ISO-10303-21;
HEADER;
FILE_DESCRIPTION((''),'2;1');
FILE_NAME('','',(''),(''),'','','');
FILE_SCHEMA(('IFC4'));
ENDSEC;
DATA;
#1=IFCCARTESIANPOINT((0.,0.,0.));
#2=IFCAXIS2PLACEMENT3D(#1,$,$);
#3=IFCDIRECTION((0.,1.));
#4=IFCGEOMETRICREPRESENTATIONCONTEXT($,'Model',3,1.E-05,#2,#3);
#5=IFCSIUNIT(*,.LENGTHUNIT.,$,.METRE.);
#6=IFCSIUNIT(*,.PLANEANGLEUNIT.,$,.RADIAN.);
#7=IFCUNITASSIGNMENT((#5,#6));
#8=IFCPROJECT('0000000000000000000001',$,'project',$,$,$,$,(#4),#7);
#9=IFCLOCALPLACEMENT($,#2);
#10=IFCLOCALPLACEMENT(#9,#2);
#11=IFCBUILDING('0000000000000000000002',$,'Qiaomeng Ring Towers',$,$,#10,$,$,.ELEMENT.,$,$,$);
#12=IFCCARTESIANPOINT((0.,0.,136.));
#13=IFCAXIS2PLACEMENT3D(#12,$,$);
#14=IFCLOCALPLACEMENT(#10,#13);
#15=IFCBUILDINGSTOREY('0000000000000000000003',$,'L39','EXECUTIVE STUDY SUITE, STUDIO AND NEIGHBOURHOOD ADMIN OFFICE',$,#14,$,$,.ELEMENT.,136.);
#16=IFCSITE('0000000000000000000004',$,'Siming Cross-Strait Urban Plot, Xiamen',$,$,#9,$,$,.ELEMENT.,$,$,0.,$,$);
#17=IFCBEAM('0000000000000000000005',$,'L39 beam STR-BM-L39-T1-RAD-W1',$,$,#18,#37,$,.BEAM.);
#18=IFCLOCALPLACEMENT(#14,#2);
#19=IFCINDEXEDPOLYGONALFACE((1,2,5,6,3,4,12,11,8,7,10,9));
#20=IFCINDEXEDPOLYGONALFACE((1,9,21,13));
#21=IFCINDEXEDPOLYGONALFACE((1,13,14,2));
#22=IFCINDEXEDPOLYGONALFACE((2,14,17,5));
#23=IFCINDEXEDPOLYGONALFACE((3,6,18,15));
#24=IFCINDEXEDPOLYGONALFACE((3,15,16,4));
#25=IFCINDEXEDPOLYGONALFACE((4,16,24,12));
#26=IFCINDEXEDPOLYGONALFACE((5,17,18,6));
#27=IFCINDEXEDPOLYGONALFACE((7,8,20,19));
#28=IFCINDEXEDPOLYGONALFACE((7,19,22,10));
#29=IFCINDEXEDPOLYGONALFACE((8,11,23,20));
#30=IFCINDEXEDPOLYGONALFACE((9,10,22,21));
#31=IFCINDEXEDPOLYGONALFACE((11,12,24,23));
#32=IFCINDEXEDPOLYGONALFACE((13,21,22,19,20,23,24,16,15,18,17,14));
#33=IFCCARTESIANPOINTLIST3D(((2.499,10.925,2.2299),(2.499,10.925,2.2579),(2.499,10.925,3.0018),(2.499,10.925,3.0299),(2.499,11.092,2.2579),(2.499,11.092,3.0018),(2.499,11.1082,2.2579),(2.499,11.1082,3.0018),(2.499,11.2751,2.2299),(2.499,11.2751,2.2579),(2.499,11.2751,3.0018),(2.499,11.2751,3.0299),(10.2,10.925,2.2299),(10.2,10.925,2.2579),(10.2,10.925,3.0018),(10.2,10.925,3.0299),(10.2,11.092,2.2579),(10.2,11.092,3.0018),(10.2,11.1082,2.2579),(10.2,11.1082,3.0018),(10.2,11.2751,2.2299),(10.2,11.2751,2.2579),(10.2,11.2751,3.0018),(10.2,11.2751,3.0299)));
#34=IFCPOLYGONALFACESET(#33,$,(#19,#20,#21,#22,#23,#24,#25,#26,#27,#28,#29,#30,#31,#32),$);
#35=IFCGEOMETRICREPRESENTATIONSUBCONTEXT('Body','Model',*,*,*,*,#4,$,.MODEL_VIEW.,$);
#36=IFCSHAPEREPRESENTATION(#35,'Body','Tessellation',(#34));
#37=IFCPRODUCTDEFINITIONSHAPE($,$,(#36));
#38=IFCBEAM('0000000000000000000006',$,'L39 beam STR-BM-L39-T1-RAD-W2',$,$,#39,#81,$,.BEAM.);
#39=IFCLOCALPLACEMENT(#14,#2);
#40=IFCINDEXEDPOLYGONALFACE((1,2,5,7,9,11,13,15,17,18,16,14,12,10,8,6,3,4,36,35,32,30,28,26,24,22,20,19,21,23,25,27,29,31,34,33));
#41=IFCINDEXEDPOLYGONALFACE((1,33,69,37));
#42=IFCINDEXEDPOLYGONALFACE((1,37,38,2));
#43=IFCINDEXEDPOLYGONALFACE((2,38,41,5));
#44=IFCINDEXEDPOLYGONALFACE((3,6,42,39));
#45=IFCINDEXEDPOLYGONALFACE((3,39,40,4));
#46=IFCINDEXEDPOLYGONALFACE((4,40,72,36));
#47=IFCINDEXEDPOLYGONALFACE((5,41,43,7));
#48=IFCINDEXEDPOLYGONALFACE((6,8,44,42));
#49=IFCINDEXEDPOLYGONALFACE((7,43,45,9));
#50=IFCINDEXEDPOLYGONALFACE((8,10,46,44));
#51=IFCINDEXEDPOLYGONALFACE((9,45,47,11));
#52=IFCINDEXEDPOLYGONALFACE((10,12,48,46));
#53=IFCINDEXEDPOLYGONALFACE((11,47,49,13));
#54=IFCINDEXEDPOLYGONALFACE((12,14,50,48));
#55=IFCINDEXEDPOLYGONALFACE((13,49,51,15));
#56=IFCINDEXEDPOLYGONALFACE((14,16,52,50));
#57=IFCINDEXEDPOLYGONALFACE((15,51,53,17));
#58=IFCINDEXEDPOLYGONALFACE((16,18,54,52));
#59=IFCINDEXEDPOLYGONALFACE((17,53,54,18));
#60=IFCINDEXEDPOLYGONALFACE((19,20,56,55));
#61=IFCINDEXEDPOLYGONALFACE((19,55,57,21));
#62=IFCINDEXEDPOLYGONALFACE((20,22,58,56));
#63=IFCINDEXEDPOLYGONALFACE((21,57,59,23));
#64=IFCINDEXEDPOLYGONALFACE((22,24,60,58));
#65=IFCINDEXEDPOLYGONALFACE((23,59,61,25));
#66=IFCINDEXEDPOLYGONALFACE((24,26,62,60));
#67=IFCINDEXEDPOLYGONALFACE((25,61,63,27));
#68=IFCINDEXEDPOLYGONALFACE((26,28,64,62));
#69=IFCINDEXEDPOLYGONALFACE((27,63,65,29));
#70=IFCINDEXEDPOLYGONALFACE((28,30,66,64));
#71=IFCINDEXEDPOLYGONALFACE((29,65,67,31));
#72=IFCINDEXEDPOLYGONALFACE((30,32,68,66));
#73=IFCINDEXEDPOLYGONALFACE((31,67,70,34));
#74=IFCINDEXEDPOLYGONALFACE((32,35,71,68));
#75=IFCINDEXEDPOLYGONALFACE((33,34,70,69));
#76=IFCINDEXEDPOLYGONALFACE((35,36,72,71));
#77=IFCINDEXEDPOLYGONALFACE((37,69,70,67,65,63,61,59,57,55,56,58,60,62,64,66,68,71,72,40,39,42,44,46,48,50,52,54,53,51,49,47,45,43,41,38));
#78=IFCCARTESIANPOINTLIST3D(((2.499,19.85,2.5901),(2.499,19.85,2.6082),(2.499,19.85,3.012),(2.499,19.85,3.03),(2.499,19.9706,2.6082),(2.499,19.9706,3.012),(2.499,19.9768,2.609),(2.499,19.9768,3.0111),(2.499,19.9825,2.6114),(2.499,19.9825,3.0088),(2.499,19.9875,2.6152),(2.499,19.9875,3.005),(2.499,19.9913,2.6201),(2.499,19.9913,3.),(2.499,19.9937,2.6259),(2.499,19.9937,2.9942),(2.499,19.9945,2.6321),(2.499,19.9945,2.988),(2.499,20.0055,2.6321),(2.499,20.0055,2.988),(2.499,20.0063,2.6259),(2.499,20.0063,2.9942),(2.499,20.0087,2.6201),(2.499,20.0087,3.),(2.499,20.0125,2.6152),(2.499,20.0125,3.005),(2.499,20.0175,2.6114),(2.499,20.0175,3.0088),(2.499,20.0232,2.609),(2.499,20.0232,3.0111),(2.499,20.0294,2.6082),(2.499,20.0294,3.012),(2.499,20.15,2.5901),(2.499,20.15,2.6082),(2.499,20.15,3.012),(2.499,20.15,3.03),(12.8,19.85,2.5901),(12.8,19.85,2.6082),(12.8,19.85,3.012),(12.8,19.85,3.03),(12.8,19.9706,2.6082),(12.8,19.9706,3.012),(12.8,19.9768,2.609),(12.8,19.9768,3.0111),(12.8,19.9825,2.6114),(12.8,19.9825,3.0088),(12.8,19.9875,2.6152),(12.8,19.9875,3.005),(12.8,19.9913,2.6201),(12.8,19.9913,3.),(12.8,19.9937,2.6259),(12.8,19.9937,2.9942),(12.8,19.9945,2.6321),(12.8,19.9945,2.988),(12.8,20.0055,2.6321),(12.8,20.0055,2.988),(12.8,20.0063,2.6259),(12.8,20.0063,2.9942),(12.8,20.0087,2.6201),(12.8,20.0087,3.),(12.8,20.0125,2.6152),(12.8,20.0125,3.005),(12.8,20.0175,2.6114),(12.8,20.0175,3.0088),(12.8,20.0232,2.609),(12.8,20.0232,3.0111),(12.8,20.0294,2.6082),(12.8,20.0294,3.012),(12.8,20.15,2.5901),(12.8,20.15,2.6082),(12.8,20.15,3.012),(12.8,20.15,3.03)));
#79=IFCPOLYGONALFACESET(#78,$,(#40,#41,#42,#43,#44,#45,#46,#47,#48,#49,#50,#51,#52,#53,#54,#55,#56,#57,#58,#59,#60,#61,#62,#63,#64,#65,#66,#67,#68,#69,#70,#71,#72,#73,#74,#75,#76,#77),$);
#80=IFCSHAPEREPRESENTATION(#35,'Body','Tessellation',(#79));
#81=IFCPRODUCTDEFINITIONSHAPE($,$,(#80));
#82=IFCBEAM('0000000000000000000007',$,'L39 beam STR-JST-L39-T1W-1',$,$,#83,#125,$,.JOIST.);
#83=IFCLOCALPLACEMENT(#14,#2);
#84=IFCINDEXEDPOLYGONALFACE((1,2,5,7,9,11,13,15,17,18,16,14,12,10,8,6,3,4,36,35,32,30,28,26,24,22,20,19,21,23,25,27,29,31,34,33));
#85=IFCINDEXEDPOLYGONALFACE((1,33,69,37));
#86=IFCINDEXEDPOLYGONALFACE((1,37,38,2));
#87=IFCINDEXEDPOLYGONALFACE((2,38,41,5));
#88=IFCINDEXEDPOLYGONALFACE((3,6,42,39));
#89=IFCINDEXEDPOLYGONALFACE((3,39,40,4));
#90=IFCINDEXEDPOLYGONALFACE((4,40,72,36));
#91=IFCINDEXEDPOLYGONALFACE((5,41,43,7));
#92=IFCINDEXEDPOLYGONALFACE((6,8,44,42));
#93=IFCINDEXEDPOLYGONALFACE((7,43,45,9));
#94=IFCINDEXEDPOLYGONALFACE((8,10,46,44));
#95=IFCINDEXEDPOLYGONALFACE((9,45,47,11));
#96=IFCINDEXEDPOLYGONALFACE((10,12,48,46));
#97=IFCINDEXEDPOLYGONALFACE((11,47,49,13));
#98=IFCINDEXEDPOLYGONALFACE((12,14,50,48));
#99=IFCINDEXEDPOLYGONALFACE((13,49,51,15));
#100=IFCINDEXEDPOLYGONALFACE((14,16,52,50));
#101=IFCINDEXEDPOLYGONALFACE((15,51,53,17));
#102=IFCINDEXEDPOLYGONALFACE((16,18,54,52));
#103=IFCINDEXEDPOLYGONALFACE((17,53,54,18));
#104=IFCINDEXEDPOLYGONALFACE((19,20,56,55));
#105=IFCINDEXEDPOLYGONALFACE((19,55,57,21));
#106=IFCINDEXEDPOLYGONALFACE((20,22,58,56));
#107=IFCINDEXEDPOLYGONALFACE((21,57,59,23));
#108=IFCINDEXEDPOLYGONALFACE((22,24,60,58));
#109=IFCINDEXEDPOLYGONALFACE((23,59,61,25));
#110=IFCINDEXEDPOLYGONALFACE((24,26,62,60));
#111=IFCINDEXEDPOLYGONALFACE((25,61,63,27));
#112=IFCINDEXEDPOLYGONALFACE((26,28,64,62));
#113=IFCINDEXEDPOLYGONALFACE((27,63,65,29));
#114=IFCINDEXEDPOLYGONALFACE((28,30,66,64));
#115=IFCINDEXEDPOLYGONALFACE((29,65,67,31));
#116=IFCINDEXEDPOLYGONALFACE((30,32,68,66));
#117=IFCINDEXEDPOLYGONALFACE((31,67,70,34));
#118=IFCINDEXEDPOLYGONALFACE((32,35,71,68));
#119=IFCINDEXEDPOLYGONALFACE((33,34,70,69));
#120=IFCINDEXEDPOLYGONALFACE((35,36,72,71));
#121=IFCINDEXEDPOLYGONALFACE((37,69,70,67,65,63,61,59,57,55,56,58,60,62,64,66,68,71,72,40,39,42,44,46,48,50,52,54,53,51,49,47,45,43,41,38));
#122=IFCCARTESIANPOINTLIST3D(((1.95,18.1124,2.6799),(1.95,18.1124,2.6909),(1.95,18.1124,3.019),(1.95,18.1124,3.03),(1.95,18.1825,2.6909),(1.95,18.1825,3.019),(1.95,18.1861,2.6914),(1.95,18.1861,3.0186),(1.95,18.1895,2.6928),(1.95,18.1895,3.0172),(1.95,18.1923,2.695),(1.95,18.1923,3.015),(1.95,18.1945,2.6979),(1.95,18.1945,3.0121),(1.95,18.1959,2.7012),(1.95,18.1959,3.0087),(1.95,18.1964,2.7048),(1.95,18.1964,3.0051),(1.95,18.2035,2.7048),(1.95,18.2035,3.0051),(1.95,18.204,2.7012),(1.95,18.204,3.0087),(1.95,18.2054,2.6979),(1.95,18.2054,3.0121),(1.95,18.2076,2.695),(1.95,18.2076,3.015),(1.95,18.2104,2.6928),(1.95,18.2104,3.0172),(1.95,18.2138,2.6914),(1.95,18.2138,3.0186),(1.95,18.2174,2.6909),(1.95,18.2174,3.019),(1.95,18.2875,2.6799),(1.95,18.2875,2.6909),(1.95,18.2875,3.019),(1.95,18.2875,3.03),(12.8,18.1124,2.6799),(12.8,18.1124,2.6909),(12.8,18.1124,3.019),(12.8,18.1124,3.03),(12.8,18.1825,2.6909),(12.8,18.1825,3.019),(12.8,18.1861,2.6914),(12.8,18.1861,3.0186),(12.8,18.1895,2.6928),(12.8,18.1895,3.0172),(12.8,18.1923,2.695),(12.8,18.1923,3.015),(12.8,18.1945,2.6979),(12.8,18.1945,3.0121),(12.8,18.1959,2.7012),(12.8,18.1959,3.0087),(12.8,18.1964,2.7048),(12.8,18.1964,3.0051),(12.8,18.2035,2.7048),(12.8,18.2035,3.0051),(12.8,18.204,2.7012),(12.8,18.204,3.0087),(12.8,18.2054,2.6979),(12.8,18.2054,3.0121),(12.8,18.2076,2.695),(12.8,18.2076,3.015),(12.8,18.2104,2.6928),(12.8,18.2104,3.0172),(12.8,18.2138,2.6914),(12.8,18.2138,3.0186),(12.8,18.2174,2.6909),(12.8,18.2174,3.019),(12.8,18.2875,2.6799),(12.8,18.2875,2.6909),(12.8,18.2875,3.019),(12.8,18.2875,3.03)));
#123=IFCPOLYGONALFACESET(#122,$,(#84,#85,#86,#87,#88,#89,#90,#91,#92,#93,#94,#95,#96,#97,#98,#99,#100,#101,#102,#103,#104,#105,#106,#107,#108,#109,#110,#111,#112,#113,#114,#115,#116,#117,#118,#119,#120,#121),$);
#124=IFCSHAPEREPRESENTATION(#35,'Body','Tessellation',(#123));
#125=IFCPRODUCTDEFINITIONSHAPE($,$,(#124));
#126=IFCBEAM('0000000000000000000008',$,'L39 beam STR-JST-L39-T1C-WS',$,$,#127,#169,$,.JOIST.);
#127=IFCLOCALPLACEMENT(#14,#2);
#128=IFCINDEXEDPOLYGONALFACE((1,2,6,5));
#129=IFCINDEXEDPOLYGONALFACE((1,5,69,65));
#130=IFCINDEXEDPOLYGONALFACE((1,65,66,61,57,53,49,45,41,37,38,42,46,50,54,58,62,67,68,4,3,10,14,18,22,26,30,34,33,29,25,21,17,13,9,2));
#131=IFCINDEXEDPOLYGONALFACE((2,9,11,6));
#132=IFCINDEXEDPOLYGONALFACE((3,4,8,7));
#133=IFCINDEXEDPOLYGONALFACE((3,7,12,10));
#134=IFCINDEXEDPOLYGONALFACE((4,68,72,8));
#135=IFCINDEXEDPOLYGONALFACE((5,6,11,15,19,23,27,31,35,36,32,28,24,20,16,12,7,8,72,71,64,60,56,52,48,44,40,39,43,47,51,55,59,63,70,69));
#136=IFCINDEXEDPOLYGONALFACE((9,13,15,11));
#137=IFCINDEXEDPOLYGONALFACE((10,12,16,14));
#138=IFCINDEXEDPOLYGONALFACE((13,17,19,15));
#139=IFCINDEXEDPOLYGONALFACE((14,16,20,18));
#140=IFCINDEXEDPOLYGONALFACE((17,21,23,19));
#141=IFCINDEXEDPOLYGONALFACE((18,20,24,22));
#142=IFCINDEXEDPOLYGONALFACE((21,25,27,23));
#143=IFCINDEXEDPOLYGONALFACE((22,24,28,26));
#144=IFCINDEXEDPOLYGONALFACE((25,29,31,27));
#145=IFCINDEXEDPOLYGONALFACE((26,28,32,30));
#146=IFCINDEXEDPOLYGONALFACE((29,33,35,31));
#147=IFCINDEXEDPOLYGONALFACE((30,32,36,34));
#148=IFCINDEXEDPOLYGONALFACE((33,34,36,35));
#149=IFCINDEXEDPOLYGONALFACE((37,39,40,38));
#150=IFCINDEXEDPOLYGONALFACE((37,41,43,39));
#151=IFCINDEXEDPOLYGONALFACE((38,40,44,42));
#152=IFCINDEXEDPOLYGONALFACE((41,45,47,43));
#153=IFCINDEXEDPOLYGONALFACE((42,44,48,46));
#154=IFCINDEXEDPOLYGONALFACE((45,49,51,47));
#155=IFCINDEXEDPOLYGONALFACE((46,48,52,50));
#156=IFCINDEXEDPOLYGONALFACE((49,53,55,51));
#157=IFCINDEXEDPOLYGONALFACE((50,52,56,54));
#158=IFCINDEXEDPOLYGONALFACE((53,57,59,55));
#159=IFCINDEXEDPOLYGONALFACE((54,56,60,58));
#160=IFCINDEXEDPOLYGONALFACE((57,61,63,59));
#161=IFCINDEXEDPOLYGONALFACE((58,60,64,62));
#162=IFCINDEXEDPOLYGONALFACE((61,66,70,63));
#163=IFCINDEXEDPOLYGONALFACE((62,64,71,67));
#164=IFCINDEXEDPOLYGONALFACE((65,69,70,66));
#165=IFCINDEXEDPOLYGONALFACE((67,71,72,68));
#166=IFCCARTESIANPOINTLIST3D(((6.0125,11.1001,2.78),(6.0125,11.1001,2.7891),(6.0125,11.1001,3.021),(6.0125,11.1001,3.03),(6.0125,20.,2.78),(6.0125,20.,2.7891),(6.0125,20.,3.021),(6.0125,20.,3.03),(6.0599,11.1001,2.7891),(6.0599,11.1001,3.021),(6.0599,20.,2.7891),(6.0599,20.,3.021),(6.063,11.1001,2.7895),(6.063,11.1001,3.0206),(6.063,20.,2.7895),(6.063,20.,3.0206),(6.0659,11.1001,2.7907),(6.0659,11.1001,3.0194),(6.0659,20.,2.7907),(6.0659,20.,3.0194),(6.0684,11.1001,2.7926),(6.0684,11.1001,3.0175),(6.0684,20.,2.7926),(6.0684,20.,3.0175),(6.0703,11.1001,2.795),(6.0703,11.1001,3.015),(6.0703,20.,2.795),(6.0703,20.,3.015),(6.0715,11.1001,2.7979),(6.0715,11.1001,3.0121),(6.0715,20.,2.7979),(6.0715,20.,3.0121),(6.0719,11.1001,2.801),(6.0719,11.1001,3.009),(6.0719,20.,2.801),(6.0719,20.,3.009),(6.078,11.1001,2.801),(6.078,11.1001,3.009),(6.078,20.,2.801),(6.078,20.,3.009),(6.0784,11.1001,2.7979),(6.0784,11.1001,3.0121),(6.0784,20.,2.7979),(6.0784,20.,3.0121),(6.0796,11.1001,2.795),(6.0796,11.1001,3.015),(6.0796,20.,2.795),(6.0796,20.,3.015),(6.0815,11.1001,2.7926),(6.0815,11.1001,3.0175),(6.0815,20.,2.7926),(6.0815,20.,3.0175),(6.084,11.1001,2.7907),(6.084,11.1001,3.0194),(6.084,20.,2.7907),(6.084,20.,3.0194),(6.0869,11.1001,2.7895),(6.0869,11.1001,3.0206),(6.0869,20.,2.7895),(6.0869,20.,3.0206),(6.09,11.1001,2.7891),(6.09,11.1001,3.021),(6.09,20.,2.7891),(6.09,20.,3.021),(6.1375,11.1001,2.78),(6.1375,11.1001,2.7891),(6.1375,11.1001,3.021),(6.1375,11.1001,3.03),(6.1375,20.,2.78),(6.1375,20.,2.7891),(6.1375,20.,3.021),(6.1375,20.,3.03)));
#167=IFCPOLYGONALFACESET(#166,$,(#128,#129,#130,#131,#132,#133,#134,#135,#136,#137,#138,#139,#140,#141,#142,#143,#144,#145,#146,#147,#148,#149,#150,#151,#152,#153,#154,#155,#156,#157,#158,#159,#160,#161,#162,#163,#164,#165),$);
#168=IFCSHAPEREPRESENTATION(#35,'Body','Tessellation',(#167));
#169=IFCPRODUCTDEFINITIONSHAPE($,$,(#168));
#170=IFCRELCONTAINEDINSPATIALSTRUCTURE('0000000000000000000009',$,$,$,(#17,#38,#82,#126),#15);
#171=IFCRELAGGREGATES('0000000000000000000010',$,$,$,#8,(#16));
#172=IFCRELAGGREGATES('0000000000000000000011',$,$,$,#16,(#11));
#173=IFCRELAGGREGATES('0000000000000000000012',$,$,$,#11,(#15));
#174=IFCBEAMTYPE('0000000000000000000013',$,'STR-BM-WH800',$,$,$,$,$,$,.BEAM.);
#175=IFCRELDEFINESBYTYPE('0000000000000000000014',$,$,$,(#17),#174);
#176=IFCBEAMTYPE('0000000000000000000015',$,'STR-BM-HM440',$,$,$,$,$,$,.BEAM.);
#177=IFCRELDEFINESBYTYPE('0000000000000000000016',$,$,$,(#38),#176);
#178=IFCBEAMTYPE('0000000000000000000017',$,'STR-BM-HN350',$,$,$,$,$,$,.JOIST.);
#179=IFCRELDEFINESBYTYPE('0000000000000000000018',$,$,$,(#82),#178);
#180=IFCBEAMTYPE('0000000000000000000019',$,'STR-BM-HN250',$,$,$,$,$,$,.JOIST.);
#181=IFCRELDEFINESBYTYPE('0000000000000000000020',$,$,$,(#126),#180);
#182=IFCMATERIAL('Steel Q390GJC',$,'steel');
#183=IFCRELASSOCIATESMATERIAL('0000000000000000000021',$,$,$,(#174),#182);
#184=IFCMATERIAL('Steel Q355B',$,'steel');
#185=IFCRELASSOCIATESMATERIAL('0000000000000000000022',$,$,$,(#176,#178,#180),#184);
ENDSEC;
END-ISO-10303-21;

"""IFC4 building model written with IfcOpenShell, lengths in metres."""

from ifc_helpers import new_model, si_unit, direction, frame, origin, origin_2d, place, context, subcontext, project, spatial, i_section, extrude, source, transform, mapped, material, material_profile, profile_set, type_object, element, save


model = new_model("IFC4")

# Units and contexts
model_context = context("Model", 3, precision=1e-05, world=origin(), true_north=direction((0.0, 1.0)))
body_context = subcontext(model_context, "Body", "Model", "MODEL_VIEW")
ifc_project = project(units=[si_unit("LENGTHUNIT", "METRE"), si_unit("PLANEANGLEUNIT", "RADIAN")], contexts=[model_context])

# Site, building, storey
site_placement = place(None, origin())
site = spatial("IfcSite", under=ifc_project, at=site_placement, Name="Siming Cross-Strait Urban Plot, Xiamen", CompositionType="ELEMENT", RefElevation=0.0)
building_placement = place(site_placement, origin())
building = spatial("IfcBuilding", under=site, at=building_placement, Name="Qiaomeng Ring Towers", CompositionType="ELEMENT")
storey_placement = place(building_placement, frame((0.0, 0.0, 136.0)))
storey = spatial("IfcBuildingStorey", under=building, at=storey_placement, Name="L39", Description="EXECUTIVE STUDY SUITE, STUDIO AND NEIGHBOURHOOD ADMIN OFFICE", CompositionType="ELEMENT", Elevation=136.0)

# Beams
ifc_material_1 = material(Name="Steel Q355B", Category="steel")
ifc_material_2 = material(Name="Steel Q390GJC", Category="steel")
ifc_material_profile_1 = material_profile(ifc_material_2, i_section(OverallWidth=0.3501, OverallDepth=0.8, WebThickness=0.0161, FlangeThickness=0.0281, at=origin_2d()), Name="WH 800x350x16x28")
ifc_profile_set_1 = profile_set([ifc_material_profile_1], Name="Steel Q390GJC")
beam_type_1 = type_object("IfcBeamType", Name="STR-BM-WH800", PredefinedType="BEAM", material=ifc_profile_set_1)
shared_shape_1 = source(origin(), body_context, "Body", "SweptSolid", [
    extrude(i_section(OverallWidth=0.3501, OverallDepth=0.8, WebThickness=0.0161, FlangeThickness=0.0281, at=origin_2d()), origin(), (0.0, 0.0, 1.0), 7.7009),
])
beam_1_placement = place(storey_placement, frame((2.499, 11.1001, 2.6299), z_axis=(1.0, 0.0, 0.0), x_axis=(0.0, 1.0, 0.0)))
element("IfcBeam", 1, at=beam_1_placement, inside=storey, type_object=beam_type_1, Name="L39 beam STR-BM-L39-T1-RAD-W1", PredefinedType="BEAM", context=body_context, shape_type="MappedRepresentation", body=[
    mapped(shared_shape_1, transform((0.0, 0.0, 0.0), x_axis=(1.0, 0.0, 0.0), y_axis=(0.0, 1.0, 0.0), z_axis=(0.0, 0.0, 1.0), scale=1.0)),
])
ifc_material_profile_2 = material_profile(ifc_material_1, i_section(OverallWidth=0.3, OverallDepth=0.4399, WebThickness=0.011, FlangeThickness=0.0181, FilletRadius=0.0239, at=origin_2d()), Name="HM 440x300x11x18")
ifc_profile_set_2 = profile_set([ifc_material_profile_2], Name="Steel Q355B")
beam_type_2 = type_object("IfcBeamType", Name="STR-BM-HM440", PredefinedType="BEAM", material=ifc_profile_set_2)
shared_shape_2 = source(origin(), body_context, "Body", "SweptSolid", [
    extrude(i_section(OverallWidth=0.3, OverallDepth=0.4399, WebThickness=0.011, FlangeThickness=0.0181, FilletRadius=0.0239, at=origin_2d()), origin(), (0.0, 0.0, 1.0), 10.301),
])
beam_2_placement = place(storey_placement, frame((2.499, 20.0, 2.8101), z_axis=(1.0, 0.0, 0.0), x_axis=(0.0, 1.0, 0.0)))
element("IfcBeam", 2, at=beam_2_placement, inside=storey, type_object=beam_type_2, Name="L39 beam STR-BM-L39-T1-RAD-W2", PredefinedType="BEAM", context=body_context, shape_type="MappedRepresentation", body=[
    mapped(shared_shape_2, transform((0.0, 0.0, 0.0), x_axis=(1.0, 0.0, 0.0), y_axis=(0.0, 1.0, 0.0), z_axis=(0.0, 0.0, 1.0), scale=1.0)),
])
ifc_material_profile_3 = material_profile(ifc_material_1, i_section(OverallWidth=0.175, OverallDepth=0.3501, WebThickness=0.0071, FlangeThickness=0.011, FilletRadius=0.0139, at=origin_2d()), Name="HN 350x175x7x11")
ifc_profile_set_3 = profile_set([ifc_material_profile_3], Name="Steel Q355B")
beam_type_3 = type_object("IfcBeamType", Name="STR-BM-HN350", PredefinedType="JOIST", material=ifc_profile_set_3)
shared_shape_3 = source(origin(), body_context, "Body", "SweptSolid", [
    extrude(i_section(OverallWidth=0.175, OverallDepth=0.3501, WebThickness=0.0071, FlangeThickness=0.011, FilletRadius=0.0139, at=origin_2d()), origin(), (0.0, 0.0, 1.0), 10.8501),
])
beam_3_placement = place(storey_placement, frame((1.95, 18.2, 2.855), z_axis=(1.0, 0.0, 0.0), x_axis=(0.0, 1.0, 0.0)))
element("IfcBeam", 3, at=beam_3_placement, inside=storey, type_object=beam_type_3, Name="L39 beam STR-JST-L39-T1W-1", PredefinedType="JOIST", context=body_context, shape_type="MappedRepresentation", body=[
    mapped(shared_shape_3, transform((0.0, 0.0, 0.0), x_axis=(1.0, 0.0, 0.0), y_axis=(0.0, 1.0, 0.0), z_axis=(0.0, 0.0, 1.0), scale=1.0)),
])
ifc_material_profile_4 = material_profile(ifc_material_1, i_section(OverallWidth=0.125, OverallDepth=0.25, WebThickness=0.0061, FlangeThickness=0.009, FilletRadius=0.012, at=origin_2d()), Name="HN 250x125x6x9")
ifc_profile_set_4 = profile_set([ifc_material_profile_4], Name="Steel Q355B")
beam_type_4 = type_object("IfcBeamType", Name="STR-BM-HN250", PredefinedType="JOIST", material=ifc_profile_set_4)
shared_shape_4 = source(origin(), body_context, "Body", "SweptSolid", [
    extrude(i_section(OverallWidth=0.125, OverallDepth=0.25, WebThickness=0.0061, FlangeThickness=0.009, FilletRadius=0.012, at=origin_2d()), origin(), (0.0, 0.0, 1.0), 8.8999),
])
beam_4_placement = place(storey_placement, frame((6.075, 11.1001, 2.905), z_axis=(0.0, 1.0, 0.0), x_axis=(-1.0, 0.0, 0.0)))
element("IfcBeam", 4, at=beam_4_placement, inside=storey, type_object=beam_type_4, Name="L39 beam STR-JST-L39-T1C-WS", PredefinedType="JOIST", context=body_context, shape_type="MappedRepresentation", body=[
    mapped(shared_shape_4, transform((0.0, 0.0, 0.0), x_axis=(1.0, 0.0, 0.0), y_axis=(0.0, 1.0, 0.0), z_axis=(0.0, 0.0, 1.0), scale=1.0)),
])

save(model, "model.ifc")
